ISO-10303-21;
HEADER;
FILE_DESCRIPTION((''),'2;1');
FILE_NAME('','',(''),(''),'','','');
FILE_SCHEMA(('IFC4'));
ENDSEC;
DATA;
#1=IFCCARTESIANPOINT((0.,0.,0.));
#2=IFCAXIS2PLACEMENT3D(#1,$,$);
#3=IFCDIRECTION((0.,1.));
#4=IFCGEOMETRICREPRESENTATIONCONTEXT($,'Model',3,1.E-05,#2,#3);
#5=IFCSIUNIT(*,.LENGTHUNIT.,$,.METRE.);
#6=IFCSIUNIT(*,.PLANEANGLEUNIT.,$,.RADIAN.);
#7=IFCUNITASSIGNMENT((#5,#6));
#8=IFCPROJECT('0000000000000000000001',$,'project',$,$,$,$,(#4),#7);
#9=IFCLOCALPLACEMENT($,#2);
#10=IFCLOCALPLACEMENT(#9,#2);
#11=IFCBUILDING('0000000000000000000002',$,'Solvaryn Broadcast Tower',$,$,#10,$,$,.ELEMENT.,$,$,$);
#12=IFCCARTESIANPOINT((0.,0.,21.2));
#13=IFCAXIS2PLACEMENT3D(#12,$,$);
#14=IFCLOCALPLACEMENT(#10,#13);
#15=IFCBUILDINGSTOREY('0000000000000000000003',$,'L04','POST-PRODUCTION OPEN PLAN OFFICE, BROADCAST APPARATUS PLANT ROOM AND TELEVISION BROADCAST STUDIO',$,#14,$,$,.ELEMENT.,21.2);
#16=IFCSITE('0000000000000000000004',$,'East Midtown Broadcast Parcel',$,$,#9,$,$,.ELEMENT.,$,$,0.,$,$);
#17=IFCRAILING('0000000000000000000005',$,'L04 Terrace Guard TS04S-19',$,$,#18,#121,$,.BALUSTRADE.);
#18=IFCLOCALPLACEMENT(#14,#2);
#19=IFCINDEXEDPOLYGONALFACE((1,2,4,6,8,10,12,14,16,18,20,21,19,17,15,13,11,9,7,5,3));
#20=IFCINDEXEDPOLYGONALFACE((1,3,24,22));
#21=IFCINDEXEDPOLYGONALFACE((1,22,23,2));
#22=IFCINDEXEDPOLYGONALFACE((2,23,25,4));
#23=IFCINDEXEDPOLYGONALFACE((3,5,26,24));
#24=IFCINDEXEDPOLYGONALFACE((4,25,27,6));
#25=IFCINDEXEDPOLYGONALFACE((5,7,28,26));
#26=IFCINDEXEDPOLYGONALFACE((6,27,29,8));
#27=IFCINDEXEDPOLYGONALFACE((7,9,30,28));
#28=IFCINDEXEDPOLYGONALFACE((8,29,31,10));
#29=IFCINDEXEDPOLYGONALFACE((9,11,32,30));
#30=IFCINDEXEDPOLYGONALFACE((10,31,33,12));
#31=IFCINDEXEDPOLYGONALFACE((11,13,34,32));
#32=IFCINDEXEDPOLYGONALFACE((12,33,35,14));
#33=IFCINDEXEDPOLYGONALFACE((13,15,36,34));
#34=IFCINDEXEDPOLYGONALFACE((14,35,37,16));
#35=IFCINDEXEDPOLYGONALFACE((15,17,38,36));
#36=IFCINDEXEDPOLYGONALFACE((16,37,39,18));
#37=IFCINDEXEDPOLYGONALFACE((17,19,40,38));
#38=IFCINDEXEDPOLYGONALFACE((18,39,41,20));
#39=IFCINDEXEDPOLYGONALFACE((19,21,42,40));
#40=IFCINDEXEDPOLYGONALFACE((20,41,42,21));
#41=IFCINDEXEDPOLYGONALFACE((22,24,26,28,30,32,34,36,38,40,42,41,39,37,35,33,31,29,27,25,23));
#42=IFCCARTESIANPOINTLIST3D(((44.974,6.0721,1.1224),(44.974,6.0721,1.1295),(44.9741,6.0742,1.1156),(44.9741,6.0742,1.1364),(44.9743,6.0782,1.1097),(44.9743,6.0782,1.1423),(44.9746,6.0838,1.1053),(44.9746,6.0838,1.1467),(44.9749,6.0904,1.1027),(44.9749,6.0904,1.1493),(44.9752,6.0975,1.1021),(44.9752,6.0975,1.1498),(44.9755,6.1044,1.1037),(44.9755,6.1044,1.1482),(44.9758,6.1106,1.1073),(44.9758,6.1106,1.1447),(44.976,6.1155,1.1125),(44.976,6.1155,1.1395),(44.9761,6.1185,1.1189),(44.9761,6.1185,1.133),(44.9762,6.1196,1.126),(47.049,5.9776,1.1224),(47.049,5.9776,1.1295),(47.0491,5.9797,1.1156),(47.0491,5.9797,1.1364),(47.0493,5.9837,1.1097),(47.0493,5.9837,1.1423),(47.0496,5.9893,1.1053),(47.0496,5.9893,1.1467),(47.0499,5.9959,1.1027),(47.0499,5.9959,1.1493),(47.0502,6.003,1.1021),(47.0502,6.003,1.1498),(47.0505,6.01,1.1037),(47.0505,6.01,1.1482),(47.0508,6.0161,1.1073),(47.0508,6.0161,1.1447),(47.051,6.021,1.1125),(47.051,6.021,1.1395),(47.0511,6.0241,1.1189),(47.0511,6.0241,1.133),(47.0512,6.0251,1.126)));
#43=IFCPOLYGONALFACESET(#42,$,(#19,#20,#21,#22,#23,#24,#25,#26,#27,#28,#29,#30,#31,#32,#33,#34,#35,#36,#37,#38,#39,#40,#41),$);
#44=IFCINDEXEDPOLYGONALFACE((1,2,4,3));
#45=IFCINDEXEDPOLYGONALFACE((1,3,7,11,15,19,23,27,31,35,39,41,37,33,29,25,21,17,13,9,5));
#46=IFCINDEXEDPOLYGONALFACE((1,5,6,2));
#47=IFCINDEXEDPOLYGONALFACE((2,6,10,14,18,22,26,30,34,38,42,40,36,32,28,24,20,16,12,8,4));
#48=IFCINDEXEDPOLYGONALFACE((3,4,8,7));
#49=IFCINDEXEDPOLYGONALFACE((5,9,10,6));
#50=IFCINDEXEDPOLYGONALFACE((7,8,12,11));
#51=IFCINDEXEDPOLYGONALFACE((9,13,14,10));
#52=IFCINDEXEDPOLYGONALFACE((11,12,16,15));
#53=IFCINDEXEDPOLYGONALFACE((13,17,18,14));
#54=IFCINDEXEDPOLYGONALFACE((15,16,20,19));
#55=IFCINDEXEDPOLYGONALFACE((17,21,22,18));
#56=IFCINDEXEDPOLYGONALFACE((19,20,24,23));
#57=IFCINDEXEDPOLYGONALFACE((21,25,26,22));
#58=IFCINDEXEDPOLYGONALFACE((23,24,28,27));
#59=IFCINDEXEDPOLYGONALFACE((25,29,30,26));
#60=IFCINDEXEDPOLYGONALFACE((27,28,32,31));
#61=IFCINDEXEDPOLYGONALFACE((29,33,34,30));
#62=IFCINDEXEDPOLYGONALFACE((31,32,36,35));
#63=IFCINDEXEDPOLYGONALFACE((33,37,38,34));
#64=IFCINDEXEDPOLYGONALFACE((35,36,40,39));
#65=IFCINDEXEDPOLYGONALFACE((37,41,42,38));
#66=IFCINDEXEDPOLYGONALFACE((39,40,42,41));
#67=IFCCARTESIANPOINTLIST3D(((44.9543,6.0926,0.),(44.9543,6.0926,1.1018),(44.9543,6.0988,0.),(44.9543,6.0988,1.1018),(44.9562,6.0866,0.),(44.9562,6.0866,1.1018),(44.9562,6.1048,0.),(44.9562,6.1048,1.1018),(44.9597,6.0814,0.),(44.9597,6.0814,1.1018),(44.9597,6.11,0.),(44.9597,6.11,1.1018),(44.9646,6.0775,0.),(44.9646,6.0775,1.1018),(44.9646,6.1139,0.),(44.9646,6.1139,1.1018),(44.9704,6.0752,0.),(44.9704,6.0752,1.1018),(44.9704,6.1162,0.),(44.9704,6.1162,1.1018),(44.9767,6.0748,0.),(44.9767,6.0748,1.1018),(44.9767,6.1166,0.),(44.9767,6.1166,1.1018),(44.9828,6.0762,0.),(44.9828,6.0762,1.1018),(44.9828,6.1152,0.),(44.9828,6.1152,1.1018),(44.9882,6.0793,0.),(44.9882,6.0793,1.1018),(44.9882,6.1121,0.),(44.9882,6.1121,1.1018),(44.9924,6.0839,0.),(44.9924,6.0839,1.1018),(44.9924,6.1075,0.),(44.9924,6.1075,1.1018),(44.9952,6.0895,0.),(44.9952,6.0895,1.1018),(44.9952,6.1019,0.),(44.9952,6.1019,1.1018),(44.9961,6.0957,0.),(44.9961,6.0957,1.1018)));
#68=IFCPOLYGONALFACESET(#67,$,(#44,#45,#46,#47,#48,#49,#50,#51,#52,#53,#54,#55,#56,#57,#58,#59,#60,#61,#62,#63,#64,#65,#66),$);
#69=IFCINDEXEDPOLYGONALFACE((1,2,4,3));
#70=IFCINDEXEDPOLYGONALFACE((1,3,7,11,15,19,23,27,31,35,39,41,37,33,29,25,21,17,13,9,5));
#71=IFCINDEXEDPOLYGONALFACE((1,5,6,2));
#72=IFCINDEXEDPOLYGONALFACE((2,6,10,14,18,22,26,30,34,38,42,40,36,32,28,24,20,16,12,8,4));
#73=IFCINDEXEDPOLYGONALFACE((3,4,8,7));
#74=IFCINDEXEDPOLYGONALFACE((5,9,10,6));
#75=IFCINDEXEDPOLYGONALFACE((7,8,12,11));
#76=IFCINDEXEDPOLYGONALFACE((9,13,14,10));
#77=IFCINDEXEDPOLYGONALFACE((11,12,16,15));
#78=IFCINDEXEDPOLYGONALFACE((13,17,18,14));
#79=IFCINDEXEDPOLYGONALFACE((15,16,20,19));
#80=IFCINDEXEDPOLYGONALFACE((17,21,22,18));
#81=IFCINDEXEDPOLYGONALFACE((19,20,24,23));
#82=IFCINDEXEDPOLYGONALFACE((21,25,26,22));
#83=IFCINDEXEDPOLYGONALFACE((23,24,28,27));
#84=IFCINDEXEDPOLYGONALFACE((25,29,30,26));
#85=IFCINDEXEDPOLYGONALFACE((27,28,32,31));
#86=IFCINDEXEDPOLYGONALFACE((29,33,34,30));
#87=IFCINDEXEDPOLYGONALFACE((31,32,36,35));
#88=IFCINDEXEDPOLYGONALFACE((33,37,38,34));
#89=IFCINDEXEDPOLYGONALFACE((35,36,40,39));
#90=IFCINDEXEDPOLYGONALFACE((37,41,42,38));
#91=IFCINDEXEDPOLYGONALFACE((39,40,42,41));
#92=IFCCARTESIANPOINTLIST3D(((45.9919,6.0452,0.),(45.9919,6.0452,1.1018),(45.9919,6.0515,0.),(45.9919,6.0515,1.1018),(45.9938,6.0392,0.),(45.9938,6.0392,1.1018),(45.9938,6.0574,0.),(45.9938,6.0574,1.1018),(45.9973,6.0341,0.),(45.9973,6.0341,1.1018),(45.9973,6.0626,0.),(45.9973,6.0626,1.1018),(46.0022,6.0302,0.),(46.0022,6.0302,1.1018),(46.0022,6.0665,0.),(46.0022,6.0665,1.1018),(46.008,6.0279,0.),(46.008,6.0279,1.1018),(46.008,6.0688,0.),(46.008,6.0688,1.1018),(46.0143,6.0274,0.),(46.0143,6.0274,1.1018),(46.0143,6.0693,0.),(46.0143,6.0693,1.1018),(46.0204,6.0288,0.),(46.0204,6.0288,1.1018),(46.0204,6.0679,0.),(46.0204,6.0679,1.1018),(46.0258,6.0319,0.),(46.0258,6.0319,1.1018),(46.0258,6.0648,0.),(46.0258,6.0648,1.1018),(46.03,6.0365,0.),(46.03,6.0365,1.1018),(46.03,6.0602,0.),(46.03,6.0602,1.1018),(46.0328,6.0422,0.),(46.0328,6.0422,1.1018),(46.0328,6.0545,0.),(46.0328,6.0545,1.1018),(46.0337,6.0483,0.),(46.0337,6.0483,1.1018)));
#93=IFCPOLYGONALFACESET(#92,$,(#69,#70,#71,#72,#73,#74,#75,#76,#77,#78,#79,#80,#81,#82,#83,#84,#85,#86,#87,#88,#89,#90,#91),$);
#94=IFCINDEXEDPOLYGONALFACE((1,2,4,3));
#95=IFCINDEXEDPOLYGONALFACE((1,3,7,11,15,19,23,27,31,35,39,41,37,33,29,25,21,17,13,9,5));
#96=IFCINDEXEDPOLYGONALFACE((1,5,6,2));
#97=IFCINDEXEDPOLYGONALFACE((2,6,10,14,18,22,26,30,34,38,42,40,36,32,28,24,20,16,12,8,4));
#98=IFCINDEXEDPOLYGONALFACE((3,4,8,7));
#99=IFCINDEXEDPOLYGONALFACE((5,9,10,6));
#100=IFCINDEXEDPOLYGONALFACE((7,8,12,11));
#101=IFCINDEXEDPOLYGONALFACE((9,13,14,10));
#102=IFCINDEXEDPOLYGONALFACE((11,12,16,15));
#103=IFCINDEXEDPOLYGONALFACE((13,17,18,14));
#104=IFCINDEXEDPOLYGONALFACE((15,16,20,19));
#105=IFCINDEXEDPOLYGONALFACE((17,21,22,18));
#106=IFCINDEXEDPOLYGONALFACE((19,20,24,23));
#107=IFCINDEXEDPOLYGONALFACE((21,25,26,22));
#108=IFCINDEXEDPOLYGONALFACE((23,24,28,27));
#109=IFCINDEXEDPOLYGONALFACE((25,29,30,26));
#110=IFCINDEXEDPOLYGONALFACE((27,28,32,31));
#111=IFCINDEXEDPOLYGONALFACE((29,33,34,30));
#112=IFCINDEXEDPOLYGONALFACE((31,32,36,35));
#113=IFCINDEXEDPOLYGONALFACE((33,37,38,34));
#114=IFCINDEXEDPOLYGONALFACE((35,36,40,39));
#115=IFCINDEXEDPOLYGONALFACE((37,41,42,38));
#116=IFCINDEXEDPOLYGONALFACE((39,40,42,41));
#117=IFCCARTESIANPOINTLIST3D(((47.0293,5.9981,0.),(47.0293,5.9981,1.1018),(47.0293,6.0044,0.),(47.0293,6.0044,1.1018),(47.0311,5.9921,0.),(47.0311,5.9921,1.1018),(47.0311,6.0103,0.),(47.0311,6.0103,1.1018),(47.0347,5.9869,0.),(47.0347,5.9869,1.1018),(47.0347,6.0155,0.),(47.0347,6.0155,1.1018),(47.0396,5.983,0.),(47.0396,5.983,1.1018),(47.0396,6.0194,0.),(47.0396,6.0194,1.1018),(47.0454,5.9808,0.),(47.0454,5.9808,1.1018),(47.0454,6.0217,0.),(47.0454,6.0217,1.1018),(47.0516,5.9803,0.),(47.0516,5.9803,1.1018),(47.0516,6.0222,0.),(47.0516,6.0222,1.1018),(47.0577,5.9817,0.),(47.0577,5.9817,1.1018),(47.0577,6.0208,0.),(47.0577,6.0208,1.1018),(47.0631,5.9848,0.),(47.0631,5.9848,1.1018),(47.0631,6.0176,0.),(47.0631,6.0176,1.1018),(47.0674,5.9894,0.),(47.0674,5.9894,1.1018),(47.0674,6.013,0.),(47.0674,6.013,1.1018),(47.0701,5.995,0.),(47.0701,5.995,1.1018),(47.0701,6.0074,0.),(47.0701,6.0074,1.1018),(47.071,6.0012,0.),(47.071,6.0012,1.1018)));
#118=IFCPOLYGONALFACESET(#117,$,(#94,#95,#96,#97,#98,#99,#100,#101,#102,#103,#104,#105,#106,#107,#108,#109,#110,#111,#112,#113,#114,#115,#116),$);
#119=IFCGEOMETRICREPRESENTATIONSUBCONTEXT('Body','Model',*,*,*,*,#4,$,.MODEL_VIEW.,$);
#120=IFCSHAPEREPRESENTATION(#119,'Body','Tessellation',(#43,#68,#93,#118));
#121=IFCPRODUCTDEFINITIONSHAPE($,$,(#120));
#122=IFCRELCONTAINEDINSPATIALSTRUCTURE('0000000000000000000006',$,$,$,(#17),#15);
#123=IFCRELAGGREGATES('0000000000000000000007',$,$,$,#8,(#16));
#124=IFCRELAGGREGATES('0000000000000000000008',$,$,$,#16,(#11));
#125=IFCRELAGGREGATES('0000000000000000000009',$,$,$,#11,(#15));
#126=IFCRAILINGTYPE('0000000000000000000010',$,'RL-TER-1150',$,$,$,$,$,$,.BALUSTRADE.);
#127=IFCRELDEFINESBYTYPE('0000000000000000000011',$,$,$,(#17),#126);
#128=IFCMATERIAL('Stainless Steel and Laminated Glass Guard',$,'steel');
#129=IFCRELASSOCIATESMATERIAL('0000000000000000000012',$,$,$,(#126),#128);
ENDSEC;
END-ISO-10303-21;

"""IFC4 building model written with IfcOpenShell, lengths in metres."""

from ifc_helpers import new_model, si_unit, direction, frame, origin, origin_2d, place, context, subcontext, project, spatial, circle, extrude, material, type_object, element, save


model = new_model("IFC4")

# Units and contexts
model_context = context("Model", 3, precision=1e-05, world=origin(), true_north=direction((0.0, 1.0)))
body_context = subcontext(model_context, "Body", "Model", "MODEL_VIEW")
ifc_project = project(units=[si_unit("LENGTHUNIT", "METRE"), si_unit("PLANEANGLEUNIT", "RADIAN")], contexts=[model_context])

# Site, building, storey
site_placement = place(None, origin())
site = spatial("IfcSite", under=ifc_project, at=site_placement, Name="East Midtown Broadcast Parcel", CompositionType="ELEMENT", RefElevation=0.0)
building_placement = place(site_placement, origin())
building = spatial("IfcBuilding", under=site, at=building_placement, Name="Solvaryn Broadcast Tower", CompositionType="ELEMENT")
storey_placement = place(building_placement, frame((0.0, 0.0, 21.2)))
storey = spatial("IfcBuildingStorey", under=building, at=storey_placement, Name="L04", Description="POST-PRODUCTION OPEN PLAN OFFICE, BROADCAST APPARATUS PLANT ROOM AND TELEVISION BROADCAST STUDIO", CompositionType="ELEMENT", Elevation=21.2)

# Railing
ifc_material_1 = material(Name="Stainless Steel and Laminated Glass Guard", Category="steel")
railing_type = type_object("IfcRailingType", Name="RL-TER-1150", PredefinedType="BALUSTRADE", material=ifc_material_1)
railing_1_placement = place(storey_placement, frame((44.9751, 6.0957, 0.0)))
element("IfcRailing", 1, at=railing_1_placement, inside=storey, type_object=railing_type, Name="L04 Terrace Guard TS04S-19", PredefinedType="BALUSTRADE", context=body_context, shape_type="SweptSolid", body=[
    extrude(circle(Radius=0.0239, at=origin_2d()), frame((0.0, 0.0, 1.126), z_axis=(0.998965, -0.045488, 0.0), x_axis=(0.045488, 0.998965, 0.0)), (0.0, 0.0, 1.0), 2.0771),
    extrude(circle(Radius=0.021, at=origin_2d()), origin(), (0.0, 0.0, 1.0), 1.1018),
    extrude(circle(Radius=0.021, at=origin_2d()), frame((1.0376, -0.0474, 0.0)), (0.0, 0.0, 1.0), 1.1018),
    extrude(circle(Radius=0.021, at=origin_2d()), frame((2.075, -0.0945, 0.0)), (0.0, 0.0, 1.0), 1.1018),
])

save(model, "model.ifc")
